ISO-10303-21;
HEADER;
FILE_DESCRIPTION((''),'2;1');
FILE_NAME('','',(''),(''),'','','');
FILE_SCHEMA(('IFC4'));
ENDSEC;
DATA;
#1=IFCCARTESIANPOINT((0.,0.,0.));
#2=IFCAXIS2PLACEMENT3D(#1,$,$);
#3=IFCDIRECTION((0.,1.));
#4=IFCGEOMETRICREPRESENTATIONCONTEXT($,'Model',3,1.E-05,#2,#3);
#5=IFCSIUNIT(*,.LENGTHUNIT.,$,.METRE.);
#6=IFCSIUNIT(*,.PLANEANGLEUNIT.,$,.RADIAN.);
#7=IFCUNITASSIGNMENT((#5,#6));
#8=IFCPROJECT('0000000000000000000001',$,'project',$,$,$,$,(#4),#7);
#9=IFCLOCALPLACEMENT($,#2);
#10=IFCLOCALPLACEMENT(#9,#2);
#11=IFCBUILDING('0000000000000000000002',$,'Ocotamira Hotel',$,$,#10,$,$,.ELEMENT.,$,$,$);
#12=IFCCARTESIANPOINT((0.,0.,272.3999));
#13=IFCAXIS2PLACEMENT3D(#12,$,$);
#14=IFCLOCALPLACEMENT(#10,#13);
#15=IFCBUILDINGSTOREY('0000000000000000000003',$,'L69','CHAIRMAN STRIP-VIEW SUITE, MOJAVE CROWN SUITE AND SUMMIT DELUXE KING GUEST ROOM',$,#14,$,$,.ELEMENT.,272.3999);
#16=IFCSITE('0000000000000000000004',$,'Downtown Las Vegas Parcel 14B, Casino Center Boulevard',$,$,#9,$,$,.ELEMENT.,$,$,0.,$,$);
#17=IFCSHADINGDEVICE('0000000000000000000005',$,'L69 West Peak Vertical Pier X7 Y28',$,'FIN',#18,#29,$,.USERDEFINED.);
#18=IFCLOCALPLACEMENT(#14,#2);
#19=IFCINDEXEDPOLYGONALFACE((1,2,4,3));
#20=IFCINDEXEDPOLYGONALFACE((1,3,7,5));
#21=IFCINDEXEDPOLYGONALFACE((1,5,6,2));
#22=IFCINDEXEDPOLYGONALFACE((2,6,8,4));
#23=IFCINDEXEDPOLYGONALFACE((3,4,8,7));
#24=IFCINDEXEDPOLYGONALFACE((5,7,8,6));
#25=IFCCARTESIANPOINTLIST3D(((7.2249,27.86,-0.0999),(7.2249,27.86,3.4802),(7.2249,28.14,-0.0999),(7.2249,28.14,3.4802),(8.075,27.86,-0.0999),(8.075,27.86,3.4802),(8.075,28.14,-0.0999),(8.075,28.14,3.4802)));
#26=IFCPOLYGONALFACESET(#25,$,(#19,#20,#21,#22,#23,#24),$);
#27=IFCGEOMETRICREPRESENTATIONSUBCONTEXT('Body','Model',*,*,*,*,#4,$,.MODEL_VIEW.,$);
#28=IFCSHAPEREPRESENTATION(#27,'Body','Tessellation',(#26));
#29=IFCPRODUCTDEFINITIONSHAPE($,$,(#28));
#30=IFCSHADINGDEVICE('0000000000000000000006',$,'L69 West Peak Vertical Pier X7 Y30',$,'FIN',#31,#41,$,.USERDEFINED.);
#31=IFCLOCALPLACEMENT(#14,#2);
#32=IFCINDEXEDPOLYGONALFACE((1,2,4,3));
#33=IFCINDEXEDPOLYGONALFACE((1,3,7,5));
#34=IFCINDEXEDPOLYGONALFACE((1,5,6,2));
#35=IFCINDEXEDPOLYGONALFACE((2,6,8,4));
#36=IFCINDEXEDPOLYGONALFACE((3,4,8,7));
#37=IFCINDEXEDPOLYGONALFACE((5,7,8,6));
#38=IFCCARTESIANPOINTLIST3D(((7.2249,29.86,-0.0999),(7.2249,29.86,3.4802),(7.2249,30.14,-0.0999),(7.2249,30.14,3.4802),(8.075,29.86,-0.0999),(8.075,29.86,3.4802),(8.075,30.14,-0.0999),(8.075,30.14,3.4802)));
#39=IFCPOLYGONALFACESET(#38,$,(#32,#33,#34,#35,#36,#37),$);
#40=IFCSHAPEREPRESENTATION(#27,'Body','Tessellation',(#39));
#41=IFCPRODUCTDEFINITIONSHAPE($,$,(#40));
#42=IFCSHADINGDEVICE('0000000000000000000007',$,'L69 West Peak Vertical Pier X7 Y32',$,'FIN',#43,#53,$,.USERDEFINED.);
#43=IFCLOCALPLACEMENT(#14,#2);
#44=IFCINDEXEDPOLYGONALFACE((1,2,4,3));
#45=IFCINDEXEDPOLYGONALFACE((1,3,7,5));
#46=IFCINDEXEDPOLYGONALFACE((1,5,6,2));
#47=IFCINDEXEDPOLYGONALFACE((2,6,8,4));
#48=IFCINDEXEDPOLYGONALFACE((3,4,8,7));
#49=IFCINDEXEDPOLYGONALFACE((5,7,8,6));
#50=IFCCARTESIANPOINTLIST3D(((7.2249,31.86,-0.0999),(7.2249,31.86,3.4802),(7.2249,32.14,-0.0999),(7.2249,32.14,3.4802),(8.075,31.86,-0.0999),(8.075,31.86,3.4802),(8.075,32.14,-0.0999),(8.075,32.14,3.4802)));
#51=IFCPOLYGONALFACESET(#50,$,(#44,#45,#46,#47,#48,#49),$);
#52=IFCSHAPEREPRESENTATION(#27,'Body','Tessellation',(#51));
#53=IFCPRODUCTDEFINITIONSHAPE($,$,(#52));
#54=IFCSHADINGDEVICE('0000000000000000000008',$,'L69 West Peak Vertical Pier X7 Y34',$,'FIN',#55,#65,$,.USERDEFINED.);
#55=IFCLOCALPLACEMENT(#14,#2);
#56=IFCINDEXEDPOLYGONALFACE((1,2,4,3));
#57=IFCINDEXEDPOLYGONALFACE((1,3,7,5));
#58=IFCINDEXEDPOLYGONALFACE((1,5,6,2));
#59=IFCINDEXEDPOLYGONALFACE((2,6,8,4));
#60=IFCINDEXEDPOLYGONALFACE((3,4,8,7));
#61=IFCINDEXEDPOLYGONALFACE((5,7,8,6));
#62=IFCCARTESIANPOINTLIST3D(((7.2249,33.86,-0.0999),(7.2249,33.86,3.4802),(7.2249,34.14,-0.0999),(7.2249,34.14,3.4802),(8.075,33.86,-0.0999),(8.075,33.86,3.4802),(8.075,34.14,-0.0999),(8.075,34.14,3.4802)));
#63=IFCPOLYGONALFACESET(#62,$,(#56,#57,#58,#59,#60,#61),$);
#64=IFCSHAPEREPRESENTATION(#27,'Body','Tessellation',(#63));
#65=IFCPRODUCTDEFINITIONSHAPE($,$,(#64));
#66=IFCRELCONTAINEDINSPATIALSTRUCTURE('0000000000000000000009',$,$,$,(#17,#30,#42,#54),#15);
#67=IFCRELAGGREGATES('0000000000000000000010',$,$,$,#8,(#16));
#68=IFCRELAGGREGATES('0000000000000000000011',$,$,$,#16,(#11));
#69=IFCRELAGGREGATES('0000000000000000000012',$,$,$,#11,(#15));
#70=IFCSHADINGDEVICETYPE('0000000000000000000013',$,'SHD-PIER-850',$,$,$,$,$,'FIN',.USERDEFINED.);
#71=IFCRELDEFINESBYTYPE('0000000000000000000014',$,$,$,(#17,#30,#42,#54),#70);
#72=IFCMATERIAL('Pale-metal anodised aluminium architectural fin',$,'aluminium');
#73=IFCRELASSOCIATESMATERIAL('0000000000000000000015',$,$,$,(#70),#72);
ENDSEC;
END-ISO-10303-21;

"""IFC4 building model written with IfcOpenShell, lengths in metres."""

from ifc_helpers import new_model, si_unit, direction, frame, origin, origin_2d, place, context, subcontext, project, spatial, rectangle, extrude, source, transform, mapped, material, type_object, element, save


model = new_model("IFC4")

# Units and contexts
model_context = context("Model", 3, precision=1e-05, world=origin(), true_north=direction((0.0, 1.0)))
body_context = subcontext(model_context, "Body", "Model", "MODEL_VIEW")
ifc_project = project(units=[si_unit("LENGTHUNIT", "METRE"), si_unit("PLANEANGLEUNIT", "RADIAN")], contexts=[model_context])

# Site, building, storey
site_placement = place(None, origin())
site = spatial("IfcSite", under=ifc_project, at=site_placement, Name="Downtown Las Vegas Parcel 14B, Casino Center Boulevard", CompositionType="ELEMENT", RefElevation=0.0)
building_placement = place(site_placement, origin())
building = spatial("IfcBuilding", under=site, at=building_placement, Name="Ocotamira Hotel", CompositionType="ELEMENT")
storey_placement = place(building_placement, frame((0.0, 0.0, 272.3999)))
storey = spatial("IfcBuildingStorey", under=building, at=storey_placement, Name="L69", Description="CHAIRMAN STRIP-VIEW SUITE, MOJAVE CROWN SUITE AND SUMMIT DELUXE KING GUEST ROOM", CompositionType="ELEMENT", Elevation=272.3999)

# Shading devices
ifc_material_1 = material(Name="Pale-metal anodised aluminium architectural fin", Category="aluminium")
shading_device_type = type_object("IfcShadingDeviceType", Name="SHD-PIER-850", ElementType="FIN", PredefinedType="USERDEFINED", material=ifc_material_1)
shared_shape_1 = source(origin(), body_context, "Body", "SweptSolid", [
    extrude(rectangle(XDim=0.8501, YDim=0.28, at=origin_2d()), origin(), (0.0, 0.0, 1.0), 3.5801),
])
for number, where, z_axis, x_axis, name in (
    (1, (7.6499, 28.0, -0.0999), (0.0, 0.0, 1.0), (1.0, 0.0, 0.0), "L69 West Peak Vertical Pier X7 Y28"),
    (2, (7.6499, 30.0, -0.0999), (0.0, 0.0, 1.0), (1.0, 0.0, 0.0), "L69 West Peak Vertical Pier X7 Y30"),
    (3, (7.6499, 32.0, -0.0999), (0.0, 0.0, 1.0), (1.0, 0.0, 0.0), "L69 West Peak Vertical Pier X7 Y32"),
    (4, (7.6499, 34.0, -0.0999), (0.0, 0.0, 1.0), (1.0, 0.0, 0.0), "L69 West Peak Vertical Pier X7 Y34"),
):
    element("IfcShadingDevice", number, at=place(storey_placement, frame(where, z_axis=z_axis, x_axis=x_axis)), inside=storey, type_object=shading_device_type, Name=name, ObjectType="FIN", PredefinedType="USERDEFINED", context=body_context, shape_type="MappedRepresentation", body=[
        mapped(shared_shape_1, transform((0.0, 0.0, 0.0), scale=1.0)),
    ])

save(model, "model.ifc")
